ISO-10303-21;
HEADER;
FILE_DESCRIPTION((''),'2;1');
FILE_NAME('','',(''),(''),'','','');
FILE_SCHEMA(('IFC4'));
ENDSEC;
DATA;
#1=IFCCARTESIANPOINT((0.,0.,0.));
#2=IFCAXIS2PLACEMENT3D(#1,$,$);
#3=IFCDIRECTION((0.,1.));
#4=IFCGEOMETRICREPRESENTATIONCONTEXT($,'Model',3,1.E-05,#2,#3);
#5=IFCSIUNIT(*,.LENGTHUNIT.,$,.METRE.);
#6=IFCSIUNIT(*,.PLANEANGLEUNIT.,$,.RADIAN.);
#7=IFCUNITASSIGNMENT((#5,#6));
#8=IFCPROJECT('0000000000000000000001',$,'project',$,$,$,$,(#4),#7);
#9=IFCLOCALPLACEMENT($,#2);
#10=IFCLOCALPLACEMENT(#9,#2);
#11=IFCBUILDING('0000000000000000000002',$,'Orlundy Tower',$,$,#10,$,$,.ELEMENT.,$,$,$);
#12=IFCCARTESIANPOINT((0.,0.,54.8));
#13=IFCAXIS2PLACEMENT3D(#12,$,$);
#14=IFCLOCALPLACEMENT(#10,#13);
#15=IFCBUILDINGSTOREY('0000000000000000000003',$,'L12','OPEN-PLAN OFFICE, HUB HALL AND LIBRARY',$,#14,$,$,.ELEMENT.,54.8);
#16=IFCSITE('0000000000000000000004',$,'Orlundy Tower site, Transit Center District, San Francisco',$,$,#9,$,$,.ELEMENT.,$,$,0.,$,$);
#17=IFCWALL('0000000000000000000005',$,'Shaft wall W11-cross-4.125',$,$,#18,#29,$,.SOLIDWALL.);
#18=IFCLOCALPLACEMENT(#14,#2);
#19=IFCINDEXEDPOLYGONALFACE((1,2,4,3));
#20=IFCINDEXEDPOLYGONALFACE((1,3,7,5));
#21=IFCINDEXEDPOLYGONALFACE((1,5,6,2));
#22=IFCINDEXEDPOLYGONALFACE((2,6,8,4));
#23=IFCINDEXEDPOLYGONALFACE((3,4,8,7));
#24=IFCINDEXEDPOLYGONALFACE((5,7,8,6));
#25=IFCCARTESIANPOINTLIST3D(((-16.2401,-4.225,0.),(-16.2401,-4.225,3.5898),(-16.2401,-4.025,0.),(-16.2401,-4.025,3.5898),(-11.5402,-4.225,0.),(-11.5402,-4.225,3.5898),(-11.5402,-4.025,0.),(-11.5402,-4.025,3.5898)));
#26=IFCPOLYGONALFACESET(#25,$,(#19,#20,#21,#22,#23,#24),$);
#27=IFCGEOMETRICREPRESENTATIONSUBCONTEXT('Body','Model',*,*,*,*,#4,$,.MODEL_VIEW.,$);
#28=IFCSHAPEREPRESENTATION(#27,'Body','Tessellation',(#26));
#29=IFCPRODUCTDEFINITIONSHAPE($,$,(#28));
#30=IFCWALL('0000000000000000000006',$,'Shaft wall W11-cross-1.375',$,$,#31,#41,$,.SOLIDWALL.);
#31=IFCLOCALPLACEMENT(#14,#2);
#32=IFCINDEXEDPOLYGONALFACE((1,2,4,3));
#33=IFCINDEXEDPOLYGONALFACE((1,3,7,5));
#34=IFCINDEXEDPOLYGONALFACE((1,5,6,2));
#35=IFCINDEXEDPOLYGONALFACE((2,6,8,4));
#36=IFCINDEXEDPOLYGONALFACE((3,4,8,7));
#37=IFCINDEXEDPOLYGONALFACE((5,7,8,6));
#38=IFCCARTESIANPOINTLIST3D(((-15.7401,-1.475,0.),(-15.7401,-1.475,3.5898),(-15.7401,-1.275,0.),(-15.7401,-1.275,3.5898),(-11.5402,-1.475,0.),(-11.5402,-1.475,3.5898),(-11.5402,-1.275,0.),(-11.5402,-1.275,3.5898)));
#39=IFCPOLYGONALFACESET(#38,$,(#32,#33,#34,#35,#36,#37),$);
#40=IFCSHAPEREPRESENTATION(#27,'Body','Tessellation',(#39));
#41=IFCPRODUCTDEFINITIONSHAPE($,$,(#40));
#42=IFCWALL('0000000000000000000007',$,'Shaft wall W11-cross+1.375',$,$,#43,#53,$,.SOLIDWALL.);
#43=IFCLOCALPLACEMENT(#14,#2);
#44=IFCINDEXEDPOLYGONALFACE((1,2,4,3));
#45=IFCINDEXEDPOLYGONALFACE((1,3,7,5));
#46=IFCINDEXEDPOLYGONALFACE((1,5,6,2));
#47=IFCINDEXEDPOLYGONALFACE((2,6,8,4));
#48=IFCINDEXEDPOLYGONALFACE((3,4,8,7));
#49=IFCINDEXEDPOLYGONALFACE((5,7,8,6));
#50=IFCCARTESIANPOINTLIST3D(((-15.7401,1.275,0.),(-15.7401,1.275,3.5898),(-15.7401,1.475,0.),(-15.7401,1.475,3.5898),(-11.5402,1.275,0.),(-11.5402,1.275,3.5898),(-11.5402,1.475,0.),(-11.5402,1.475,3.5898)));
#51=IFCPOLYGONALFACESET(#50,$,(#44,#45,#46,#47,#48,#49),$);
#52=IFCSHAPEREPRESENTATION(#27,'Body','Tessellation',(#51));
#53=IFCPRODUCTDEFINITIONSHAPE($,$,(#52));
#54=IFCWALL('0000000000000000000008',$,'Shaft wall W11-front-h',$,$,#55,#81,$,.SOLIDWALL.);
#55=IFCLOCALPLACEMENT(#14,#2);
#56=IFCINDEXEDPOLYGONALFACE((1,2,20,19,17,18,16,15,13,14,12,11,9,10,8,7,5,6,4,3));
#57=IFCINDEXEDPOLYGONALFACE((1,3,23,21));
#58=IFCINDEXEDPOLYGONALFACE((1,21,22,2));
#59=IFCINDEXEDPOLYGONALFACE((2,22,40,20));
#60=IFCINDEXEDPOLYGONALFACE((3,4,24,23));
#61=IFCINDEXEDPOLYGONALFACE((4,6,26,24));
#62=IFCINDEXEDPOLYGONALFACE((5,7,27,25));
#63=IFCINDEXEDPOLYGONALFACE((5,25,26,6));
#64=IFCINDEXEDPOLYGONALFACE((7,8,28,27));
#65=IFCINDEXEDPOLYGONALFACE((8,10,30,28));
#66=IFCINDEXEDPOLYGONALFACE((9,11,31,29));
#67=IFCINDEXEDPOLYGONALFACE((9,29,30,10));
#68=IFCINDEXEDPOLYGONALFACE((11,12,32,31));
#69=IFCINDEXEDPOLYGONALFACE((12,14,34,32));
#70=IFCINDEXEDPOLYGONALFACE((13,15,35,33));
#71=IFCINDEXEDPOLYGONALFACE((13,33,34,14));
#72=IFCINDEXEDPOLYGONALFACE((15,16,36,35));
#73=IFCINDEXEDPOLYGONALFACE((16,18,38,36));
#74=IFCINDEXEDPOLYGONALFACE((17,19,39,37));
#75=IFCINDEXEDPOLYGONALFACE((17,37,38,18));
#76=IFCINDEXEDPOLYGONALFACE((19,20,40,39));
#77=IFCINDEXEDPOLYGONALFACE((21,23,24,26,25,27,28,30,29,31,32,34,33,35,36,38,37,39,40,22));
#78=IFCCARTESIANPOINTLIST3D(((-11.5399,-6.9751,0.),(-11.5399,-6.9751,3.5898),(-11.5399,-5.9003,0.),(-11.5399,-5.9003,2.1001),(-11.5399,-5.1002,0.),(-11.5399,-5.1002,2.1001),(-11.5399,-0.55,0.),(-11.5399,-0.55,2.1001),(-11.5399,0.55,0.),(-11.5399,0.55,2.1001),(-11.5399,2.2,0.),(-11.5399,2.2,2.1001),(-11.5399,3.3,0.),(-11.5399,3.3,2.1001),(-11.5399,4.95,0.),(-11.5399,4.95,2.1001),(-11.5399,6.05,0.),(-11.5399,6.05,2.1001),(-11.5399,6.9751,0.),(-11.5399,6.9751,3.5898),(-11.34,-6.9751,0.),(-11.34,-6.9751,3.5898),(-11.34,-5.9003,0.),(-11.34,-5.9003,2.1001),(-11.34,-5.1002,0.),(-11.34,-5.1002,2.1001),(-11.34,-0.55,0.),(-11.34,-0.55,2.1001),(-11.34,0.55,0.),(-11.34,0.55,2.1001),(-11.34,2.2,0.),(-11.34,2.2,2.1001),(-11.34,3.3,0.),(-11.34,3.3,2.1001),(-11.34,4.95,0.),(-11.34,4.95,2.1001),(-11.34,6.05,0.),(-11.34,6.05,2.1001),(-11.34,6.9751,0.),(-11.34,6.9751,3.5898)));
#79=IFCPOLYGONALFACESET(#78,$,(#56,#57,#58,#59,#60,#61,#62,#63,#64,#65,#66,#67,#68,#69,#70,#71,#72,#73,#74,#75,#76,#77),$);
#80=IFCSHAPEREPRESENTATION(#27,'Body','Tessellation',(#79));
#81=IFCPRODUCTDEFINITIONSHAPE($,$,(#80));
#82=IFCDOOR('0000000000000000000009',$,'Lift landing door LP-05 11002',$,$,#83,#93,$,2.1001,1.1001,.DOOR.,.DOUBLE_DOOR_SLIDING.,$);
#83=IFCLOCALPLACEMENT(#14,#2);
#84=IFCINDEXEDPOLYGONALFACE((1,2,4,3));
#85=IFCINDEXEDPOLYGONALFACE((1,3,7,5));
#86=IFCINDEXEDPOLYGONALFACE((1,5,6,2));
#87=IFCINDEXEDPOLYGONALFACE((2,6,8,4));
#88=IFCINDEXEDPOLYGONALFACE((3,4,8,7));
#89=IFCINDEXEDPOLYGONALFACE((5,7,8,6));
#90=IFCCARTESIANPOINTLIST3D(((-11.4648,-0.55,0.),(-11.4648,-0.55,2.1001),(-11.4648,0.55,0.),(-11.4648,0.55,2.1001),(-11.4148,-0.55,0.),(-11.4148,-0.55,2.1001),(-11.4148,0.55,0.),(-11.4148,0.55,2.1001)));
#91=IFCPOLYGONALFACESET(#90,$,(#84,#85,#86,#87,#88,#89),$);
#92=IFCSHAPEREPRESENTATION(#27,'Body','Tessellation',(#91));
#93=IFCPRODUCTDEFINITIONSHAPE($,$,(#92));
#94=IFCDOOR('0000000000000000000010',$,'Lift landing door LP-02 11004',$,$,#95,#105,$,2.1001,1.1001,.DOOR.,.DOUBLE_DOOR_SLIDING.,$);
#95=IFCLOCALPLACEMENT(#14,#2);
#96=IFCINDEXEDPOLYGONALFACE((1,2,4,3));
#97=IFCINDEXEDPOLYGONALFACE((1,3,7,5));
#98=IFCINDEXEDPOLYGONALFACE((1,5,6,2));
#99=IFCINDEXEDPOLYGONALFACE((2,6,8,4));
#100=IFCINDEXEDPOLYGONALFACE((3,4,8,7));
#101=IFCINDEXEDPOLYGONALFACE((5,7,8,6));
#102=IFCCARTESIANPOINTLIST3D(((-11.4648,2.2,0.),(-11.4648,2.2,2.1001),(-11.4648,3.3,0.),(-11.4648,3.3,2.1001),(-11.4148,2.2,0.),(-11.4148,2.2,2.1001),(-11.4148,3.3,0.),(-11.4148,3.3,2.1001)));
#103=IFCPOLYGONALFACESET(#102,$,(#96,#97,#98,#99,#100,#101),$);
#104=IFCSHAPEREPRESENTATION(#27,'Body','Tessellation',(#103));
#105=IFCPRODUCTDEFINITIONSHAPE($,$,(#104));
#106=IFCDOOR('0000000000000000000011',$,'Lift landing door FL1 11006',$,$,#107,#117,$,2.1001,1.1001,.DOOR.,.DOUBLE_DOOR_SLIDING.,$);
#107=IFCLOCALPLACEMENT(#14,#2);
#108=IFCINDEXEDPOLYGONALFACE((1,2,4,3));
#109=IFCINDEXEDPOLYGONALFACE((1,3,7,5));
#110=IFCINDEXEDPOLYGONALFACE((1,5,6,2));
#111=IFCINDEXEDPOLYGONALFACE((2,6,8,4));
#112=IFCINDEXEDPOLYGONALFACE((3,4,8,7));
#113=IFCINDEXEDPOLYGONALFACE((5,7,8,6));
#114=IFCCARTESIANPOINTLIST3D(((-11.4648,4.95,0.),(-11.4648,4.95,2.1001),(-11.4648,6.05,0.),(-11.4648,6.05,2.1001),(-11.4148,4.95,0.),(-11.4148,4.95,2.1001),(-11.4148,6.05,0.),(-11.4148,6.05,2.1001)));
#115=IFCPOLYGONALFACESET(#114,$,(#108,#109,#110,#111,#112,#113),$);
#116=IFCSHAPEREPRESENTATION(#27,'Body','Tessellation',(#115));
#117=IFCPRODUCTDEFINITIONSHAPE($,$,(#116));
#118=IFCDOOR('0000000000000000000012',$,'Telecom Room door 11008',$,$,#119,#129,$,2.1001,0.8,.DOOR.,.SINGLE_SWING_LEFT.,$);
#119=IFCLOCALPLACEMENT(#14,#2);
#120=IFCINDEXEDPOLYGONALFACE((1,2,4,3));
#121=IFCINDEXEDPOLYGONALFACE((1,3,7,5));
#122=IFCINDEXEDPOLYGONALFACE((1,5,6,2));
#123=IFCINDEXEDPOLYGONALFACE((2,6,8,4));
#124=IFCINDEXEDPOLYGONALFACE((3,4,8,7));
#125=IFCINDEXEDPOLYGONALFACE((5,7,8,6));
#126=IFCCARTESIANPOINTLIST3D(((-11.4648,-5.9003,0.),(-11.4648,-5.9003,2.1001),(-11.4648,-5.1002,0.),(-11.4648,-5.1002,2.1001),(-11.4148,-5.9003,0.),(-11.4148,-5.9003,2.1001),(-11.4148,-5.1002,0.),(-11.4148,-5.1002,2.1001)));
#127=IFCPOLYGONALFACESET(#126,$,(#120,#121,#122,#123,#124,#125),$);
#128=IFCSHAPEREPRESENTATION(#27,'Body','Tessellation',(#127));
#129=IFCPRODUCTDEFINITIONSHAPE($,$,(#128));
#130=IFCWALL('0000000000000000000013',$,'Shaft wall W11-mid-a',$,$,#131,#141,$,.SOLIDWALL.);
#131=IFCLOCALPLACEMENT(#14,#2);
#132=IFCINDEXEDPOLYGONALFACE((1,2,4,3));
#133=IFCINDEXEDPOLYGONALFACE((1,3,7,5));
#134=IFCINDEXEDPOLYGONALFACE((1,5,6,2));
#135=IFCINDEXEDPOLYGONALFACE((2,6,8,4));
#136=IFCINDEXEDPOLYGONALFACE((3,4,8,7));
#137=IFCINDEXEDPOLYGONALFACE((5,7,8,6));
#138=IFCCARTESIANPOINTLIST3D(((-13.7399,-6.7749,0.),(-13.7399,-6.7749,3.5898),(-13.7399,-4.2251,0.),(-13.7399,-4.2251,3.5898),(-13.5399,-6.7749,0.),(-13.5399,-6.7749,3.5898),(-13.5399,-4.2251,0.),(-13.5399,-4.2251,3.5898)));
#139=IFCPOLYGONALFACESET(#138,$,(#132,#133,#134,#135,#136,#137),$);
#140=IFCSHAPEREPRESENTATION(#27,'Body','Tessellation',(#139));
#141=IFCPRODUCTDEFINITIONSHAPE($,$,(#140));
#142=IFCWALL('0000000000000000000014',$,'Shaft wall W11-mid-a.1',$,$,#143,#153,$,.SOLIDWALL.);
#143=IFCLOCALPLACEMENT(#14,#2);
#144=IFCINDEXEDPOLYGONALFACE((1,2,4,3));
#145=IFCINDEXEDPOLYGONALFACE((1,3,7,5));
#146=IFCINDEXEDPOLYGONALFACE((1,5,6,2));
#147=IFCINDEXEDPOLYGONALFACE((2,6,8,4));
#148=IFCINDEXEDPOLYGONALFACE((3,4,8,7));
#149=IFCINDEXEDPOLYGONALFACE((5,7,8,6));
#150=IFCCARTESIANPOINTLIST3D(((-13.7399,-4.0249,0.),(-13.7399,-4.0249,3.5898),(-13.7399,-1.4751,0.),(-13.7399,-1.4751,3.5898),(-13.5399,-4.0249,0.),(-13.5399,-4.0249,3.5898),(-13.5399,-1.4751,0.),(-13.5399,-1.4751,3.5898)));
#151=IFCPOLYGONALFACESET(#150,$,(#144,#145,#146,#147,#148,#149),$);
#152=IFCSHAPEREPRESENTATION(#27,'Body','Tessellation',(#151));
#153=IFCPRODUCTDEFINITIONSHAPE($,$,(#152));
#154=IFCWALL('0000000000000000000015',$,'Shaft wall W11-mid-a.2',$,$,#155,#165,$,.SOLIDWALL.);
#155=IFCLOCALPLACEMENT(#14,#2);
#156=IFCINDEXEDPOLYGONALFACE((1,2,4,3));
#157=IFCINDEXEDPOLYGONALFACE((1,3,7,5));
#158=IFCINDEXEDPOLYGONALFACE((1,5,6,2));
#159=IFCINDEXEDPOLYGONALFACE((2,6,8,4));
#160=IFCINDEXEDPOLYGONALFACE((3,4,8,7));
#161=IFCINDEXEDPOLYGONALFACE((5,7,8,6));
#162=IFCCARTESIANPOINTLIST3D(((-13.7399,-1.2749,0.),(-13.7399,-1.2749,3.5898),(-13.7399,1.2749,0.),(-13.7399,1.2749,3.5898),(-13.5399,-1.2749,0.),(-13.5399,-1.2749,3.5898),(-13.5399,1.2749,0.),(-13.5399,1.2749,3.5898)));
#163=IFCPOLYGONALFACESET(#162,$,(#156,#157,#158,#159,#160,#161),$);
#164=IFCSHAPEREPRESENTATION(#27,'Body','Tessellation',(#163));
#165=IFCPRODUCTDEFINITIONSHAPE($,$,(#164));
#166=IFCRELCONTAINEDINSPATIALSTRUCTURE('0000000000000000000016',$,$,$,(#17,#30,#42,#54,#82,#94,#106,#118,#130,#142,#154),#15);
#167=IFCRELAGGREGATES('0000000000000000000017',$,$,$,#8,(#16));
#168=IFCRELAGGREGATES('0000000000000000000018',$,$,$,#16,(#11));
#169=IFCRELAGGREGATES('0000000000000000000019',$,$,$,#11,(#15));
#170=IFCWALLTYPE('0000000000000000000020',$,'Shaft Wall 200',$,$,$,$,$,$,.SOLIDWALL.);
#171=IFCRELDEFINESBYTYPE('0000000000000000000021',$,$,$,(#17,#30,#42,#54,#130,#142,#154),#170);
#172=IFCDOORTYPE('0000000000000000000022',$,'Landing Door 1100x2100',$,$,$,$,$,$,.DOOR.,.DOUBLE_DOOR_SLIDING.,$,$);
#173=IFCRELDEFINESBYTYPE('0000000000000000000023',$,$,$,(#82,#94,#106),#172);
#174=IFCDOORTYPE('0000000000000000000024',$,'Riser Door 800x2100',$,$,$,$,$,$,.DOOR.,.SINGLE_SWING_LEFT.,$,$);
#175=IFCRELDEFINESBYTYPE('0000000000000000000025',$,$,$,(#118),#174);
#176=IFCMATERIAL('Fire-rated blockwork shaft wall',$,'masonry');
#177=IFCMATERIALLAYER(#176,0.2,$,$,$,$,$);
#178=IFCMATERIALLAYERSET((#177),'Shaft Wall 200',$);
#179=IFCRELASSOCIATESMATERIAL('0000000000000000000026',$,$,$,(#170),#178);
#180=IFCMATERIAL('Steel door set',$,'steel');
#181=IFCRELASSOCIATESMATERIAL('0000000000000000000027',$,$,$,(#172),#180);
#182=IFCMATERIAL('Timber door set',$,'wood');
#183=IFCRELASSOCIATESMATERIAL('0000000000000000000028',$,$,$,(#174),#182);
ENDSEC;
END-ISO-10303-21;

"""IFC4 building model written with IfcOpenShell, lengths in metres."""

from ifc_helpers import new_model, si_unit, direction, frame, frame_2d, origin, place, context, subcontext, project, spatial, rectangle, extrude, material, layer, layer_set, type_object, element, fill, save


model = new_model("IFC4")

# Units and contexts
model_context = context("Model", 3, precision=1e-05, world=origin(), true_north=direction((0.0, 1.0)))
body_context = subcontext(model_context, "Body", "Model", "MODEL_VIEW")
ifc_project = project(units=[si_unit("LENGTHUNIT", "METRE"), si_unit("PLANEANGLEUNIT", "RADIAN")], contexts=[model_context])

# Site, building, storey
site_placement = place(None, origin())
site = spatial("IfcSite", under=ifc_project, at=site_placement, Name="Orlundy Tower site, Transit Center District, San Francisco", CompositionType="ELEMENT", RefElevation=0.0)
building_placement = place(site_placement, origin())
building = spatial("IfcBuilding", under=site, at=building_placement, Name="Orlundy Tower", CompositionType="ELEMENT")
storey_placement = place(building_placement, frame((0.0, 0.0, 54.8)))
storey = spatial("IfcBuildingStorey", under=building, at=storey_placement, Name="L12", Description="OPEN-PLAN OFFICE, HUB HALL AND LIBRARY", CompositionType="ELEMENT", Elevation=54.8)

# Walls
ifc_material_1 = material(Name="Fire-rated blockwork shaft wall", Category="masonry")
ifc_layer_1 = layer(ifc_material_1, 0.2)
ifc_layer_set_1 = layer_set([ifc_layer_1], Name="Shaft Wall 200")
wall_type_1 = type_object("IfcWallType", Name="Shaft Wall 200", PredefinedType="SOLIDWALL", material=ifc_layer_set_1)
wall_1_placement = place(storey_placement, frame((-11.54, -4.125, 0.0), z_axis=(0.0, 0.0, 1.0), x_axis=(-1.0, 0.0, 0.0)))
element("IfcWall", 1, at=wall_1_placement, inside=storey, type_object=wall_type_1, Name="Shaft wall W11-cross-4.125", PredefinedType="SOLIDWALL", context=body_context, shape_type="SweptSolid", body=[
    extrude(rectangle(XDim=4.7, YDim=0.2, at=frame_2d((2.3501, 0.0))), origin(), (0.0, 0.0, 1.0), 3.5898),
])
for number, where, z_axis, x_axis, name in (
    (2, (-11.54, -1.375, 0.0), (0.0, 0.0, 1.0), (-1.0, 0.0, 0.0), "Shaft wall W11-cross-1.375"),
    (3, (-11.54, 1.375, 0.0), (0.0, 0.0, 1.0), (-1.0, 0.0, 0.0), "Shaft wall W11-cross+1.375"),
):
    element("IfcWall", number, at=place(storey_placement, frame(where, z_axis=z_axis, x_axis=x_axis)), inside=storey, type_object=wall_type_1, Name=name, PredefinedType="SOLIDWALL", context=body_context, shape_type="SweptSolid", body=[
        extrude(rectangle(XDim=4.2, YDim=0.2, at=frame_2d((2.1001, 0.0))), origin(), (0.0, 0.0, 1.0), 3.5898),
    ])

# Wall, openings, doors
wall_2_placement = place(storey_placement, frame((-11.4399, -6.9751, 0.0), z_axis=(0.0, 0.0, 1.0), x_axis=(0.0, 1.0, 0.0)))
wall_2 = element("IfcWall", 4, at=wall_2_placement, inside=storey, type_object=wall_type_1, Name="Shaft wall W11-front-h", PredefinedType="SOLIDWALL", context=body_context, shape_type="SweptSolid", body=[
    extrude(rectangle(XDim=13.9502, YDim=0.2, at=frame_2d((6.9751, 0.0))), origin(), (0.0, 0.0, 1.0), 3.5898),
])
opening_1_placement = place(wall_2_placement, frame((6.425, 0.0, 0.0)))
opening_1 = element("IfcOpeningElement", 5, at=opening_1_placement, cuts=wall_2, PredefinedType="OPENING", context=body_context, shape_type="SweptSolid", body=[
    extrude(rectangle(XDim=1.1001, YDim=2.1001, at=frame_2d((0.55, 1.05))), frame((0.0, 0.1101, 0.0), z_axis=(0.0, -1.0, 0.0), x_axis=(1.0, 0.0, 0.0)), (0.0, 0.0, 1.0), 0.2202),
])
opening_2_placement = place(wall_2_placement, frame((9.175, 0.0, 0.0)))
opening_2 = element("IfcOpeningElement", 6, at=opening_2_placement, cuts=wall_2, PredefinedType="OPENING", context=body_context, shape_type="SweptSolid", body=[
    extrude(rectangle(XDim=1.1001, YDim=2.1001, at=frame_2d((0.55, 1.05))), frame((0.0, 0.1101, 0.0), z_axis=(0.0, -1.0, 0.0), x_axis=(1.0, 0.0, 0.0)), (0.0, 0.0, 1.0), 0.2202),
])
opening_3_placement = place(wall_2_placement, frame((11.925, 0.0, 0.0)))
opening_3 = element("IfcOpeningElement", 7, at=opening_3_placement, cuts=wall_2, PredefinedType="OPENING", context=body_context, shape_type="SweptSolid", body=[
    extrude(rectangle(XDim=1.1001, YDim=2.1001, at=frame_2d((0.55, 1.05))), frame((0.0, 0.1101, 0.0), z_axis=(0.0, -1.0, 0.0), x_axis=(1.0, 0.0, 0.0)), (0.0, 0.0, 1.0), 0.2202),
])
opening_4_placement = place(wall_2_placement, frame((1.075, 0.0, 0.0)))
opening_4 = element("IfcOpeningElement", 8, at=opening_4_placement, cuts=wall_2, PredefinedType="OPENING", context=body_context, shape_type="SweptSolid", body=[
    extrude(rectangle(XDim=0.8, YDim=2.1001, at=frame_2d((0.3999, 1.05))), frame((0.0, 0.1101, 0.0), z_axis=(0.0, -1.0, 0.0), x_axis=(1.0, 0.0, 0.0)), (0.0, 0.0, 1.0), 0.2202),
])
ifc_material_2 = material(Name="Steel door set", Category="steel")
door_type_1 = type_object("IfcDoorType", Name="Landing Door 1100x2100", OperationType="DOUBLE_DOOR_SLIDING", PredefinedType="DOOR", material=ifc_material_2)
door_1_placement = place(opening_1_placement, origin())
door_1 = element("IfcDoor", 9, at=door_1_placement, inside=storey, type_object=door_type_1, Name="Lift landing door LP-05 11002", OperationType="DOUBLE_DOOR_SLIDING", OverallHeight=2.1001, OverallWidth=1.1001, PredefinedType="DOOR", context=body_context, shape_type="SweptSolid", body=[
    extrude(rectangle(XDim=1.1001, YDim=2.1001, at=frame_2d((0.55, 1.05))), frame((0.0, 0.0249, 0.0), z_axis=(0.0, -1.0, 0.0), x_axis=(1.0, 0.0, 0.0)), (0.0, 0.0, 1.0), 0.05),
])
fill(opening_1, door_1)
door_2_placement = place(opening_2_placement, origin())
door_2 = element("IfcDoor", 10, at=door_2_placement, inside=storey, type_object=door_type_1, Name="Lift landing door LP-02 11004", OperationType="DOUBLE_DOOR_SLIDING", OverallHeight=2.1001, OverallWidth=1.1001, PredefinedType="DOOR", context=body_context, shape_type="SweptSolid", body=[
    extrude(rectangle(XDim=1.1001, YDim=2.1001, at=frame_2d((0.55, 1.05))), frame((0.0, 0.0249, 0.0), z_axis=(0.0, -1.0, 0.0), x_axis=(1.0, 0.0, 0.0)), (0.0, 0.0, 1.0), 0.05),
])
fill(opening_2, door_2)
door_3_placement = place(opening_3_placement, origin())
door_3 = element("IfcDoor", 11, at=door_3_placement, inside=storey, type_object=door_type_1, Name="Lift landing door FL1 11006", OperationType="DOUBLE_DOOR_SLIDING", OverallHeight=2.1001, OverallWidth=1.1001, PredefinedType="DOOR", context=body_context, shape_type="SweptSolid", body=[
    extrude(rectangle(XDim=1.1001, YDim=2.1001, at=frame_2d((0.55, 1.05))), frame((0.0, 0.0249, 0.0), z_axis=(0.0, -1.0, 0.0), x_axis=(1.0, 0.0, 0.0)), (0.0, 0.0, 1.0), 0.05),
])
fill(opening_3, door_3)
ifc_material_3 = material(Name="Timber door set", Category="wood")
door_type_2 = type_object("IfcDoorType", Name="Riser Door 800x2100", OperationType="SINGLE_SWING_LEFT", PredefinedType="DOOR", material=ifc_material_3)
door_4_placement = place(opening_4_placement, origin())
door_4 = element("IfcDoor", 12, at=door_4_placement, inside=storey, type_object=door_type_2, Name="Telecom Room door 11008", OperationType="SINGLE_SWING_LEFT", OverallHeight=2.1001, OverallWidth=0.8, PredefinedType="DOOR", context=body_context, shape_type="SweptSolid", body=[
    extrude(rectangle(XDim=0.8, YDim=2.1001, at=frame_2d((0.3999, 1.05))), frame((0.0, 0.0249, 0.0), z_axis=(0.0, -1.0, 0.0), x_axis=(1.0, 0.0, 0.0)), (0.0, 0.0, 1.0), 0.05),
])
fill(opening_4, door_4)

# Walls
for number, where, z_axis, x_axis, name in (
    (13, (-13.6399, -6.7749, 0.0), (0.0, 0.0, 1.0), (0.0, 1.0, 0.0), "Shaft wall W11-mid-a"),
    (14, (-13.6399, -4.0249, 0.0), (0.0, 0.0, 1.0), (0.0, 1.0, 0.0), "Shaft wall W11-mid-a.1"),
    (15, (-13.6399, -1.2749, 0.0), (0.0, 0.0, 1.0), (0.0, 1.0, 0.0), "Shaft wall W11-mid-a.2"),
):
    element("IfcWall", number, at=place(storey_placement, frame(where, z_axis=z_axis, x_axis=x_axis)), inside=storey, type_object=wall_type_1, Name=name, PredefinedType="SOLIDWALL", context=body_context, shape_type="SweptSolid", body=[
        extrude(rectangle(XDim=2.5498, YDim=0.2, at=frame_2d((1.2749, 0.0))), origin(), (0.0, 0.0, 1.0), 3.5898),
    ])

save(model, "model.ifc")
